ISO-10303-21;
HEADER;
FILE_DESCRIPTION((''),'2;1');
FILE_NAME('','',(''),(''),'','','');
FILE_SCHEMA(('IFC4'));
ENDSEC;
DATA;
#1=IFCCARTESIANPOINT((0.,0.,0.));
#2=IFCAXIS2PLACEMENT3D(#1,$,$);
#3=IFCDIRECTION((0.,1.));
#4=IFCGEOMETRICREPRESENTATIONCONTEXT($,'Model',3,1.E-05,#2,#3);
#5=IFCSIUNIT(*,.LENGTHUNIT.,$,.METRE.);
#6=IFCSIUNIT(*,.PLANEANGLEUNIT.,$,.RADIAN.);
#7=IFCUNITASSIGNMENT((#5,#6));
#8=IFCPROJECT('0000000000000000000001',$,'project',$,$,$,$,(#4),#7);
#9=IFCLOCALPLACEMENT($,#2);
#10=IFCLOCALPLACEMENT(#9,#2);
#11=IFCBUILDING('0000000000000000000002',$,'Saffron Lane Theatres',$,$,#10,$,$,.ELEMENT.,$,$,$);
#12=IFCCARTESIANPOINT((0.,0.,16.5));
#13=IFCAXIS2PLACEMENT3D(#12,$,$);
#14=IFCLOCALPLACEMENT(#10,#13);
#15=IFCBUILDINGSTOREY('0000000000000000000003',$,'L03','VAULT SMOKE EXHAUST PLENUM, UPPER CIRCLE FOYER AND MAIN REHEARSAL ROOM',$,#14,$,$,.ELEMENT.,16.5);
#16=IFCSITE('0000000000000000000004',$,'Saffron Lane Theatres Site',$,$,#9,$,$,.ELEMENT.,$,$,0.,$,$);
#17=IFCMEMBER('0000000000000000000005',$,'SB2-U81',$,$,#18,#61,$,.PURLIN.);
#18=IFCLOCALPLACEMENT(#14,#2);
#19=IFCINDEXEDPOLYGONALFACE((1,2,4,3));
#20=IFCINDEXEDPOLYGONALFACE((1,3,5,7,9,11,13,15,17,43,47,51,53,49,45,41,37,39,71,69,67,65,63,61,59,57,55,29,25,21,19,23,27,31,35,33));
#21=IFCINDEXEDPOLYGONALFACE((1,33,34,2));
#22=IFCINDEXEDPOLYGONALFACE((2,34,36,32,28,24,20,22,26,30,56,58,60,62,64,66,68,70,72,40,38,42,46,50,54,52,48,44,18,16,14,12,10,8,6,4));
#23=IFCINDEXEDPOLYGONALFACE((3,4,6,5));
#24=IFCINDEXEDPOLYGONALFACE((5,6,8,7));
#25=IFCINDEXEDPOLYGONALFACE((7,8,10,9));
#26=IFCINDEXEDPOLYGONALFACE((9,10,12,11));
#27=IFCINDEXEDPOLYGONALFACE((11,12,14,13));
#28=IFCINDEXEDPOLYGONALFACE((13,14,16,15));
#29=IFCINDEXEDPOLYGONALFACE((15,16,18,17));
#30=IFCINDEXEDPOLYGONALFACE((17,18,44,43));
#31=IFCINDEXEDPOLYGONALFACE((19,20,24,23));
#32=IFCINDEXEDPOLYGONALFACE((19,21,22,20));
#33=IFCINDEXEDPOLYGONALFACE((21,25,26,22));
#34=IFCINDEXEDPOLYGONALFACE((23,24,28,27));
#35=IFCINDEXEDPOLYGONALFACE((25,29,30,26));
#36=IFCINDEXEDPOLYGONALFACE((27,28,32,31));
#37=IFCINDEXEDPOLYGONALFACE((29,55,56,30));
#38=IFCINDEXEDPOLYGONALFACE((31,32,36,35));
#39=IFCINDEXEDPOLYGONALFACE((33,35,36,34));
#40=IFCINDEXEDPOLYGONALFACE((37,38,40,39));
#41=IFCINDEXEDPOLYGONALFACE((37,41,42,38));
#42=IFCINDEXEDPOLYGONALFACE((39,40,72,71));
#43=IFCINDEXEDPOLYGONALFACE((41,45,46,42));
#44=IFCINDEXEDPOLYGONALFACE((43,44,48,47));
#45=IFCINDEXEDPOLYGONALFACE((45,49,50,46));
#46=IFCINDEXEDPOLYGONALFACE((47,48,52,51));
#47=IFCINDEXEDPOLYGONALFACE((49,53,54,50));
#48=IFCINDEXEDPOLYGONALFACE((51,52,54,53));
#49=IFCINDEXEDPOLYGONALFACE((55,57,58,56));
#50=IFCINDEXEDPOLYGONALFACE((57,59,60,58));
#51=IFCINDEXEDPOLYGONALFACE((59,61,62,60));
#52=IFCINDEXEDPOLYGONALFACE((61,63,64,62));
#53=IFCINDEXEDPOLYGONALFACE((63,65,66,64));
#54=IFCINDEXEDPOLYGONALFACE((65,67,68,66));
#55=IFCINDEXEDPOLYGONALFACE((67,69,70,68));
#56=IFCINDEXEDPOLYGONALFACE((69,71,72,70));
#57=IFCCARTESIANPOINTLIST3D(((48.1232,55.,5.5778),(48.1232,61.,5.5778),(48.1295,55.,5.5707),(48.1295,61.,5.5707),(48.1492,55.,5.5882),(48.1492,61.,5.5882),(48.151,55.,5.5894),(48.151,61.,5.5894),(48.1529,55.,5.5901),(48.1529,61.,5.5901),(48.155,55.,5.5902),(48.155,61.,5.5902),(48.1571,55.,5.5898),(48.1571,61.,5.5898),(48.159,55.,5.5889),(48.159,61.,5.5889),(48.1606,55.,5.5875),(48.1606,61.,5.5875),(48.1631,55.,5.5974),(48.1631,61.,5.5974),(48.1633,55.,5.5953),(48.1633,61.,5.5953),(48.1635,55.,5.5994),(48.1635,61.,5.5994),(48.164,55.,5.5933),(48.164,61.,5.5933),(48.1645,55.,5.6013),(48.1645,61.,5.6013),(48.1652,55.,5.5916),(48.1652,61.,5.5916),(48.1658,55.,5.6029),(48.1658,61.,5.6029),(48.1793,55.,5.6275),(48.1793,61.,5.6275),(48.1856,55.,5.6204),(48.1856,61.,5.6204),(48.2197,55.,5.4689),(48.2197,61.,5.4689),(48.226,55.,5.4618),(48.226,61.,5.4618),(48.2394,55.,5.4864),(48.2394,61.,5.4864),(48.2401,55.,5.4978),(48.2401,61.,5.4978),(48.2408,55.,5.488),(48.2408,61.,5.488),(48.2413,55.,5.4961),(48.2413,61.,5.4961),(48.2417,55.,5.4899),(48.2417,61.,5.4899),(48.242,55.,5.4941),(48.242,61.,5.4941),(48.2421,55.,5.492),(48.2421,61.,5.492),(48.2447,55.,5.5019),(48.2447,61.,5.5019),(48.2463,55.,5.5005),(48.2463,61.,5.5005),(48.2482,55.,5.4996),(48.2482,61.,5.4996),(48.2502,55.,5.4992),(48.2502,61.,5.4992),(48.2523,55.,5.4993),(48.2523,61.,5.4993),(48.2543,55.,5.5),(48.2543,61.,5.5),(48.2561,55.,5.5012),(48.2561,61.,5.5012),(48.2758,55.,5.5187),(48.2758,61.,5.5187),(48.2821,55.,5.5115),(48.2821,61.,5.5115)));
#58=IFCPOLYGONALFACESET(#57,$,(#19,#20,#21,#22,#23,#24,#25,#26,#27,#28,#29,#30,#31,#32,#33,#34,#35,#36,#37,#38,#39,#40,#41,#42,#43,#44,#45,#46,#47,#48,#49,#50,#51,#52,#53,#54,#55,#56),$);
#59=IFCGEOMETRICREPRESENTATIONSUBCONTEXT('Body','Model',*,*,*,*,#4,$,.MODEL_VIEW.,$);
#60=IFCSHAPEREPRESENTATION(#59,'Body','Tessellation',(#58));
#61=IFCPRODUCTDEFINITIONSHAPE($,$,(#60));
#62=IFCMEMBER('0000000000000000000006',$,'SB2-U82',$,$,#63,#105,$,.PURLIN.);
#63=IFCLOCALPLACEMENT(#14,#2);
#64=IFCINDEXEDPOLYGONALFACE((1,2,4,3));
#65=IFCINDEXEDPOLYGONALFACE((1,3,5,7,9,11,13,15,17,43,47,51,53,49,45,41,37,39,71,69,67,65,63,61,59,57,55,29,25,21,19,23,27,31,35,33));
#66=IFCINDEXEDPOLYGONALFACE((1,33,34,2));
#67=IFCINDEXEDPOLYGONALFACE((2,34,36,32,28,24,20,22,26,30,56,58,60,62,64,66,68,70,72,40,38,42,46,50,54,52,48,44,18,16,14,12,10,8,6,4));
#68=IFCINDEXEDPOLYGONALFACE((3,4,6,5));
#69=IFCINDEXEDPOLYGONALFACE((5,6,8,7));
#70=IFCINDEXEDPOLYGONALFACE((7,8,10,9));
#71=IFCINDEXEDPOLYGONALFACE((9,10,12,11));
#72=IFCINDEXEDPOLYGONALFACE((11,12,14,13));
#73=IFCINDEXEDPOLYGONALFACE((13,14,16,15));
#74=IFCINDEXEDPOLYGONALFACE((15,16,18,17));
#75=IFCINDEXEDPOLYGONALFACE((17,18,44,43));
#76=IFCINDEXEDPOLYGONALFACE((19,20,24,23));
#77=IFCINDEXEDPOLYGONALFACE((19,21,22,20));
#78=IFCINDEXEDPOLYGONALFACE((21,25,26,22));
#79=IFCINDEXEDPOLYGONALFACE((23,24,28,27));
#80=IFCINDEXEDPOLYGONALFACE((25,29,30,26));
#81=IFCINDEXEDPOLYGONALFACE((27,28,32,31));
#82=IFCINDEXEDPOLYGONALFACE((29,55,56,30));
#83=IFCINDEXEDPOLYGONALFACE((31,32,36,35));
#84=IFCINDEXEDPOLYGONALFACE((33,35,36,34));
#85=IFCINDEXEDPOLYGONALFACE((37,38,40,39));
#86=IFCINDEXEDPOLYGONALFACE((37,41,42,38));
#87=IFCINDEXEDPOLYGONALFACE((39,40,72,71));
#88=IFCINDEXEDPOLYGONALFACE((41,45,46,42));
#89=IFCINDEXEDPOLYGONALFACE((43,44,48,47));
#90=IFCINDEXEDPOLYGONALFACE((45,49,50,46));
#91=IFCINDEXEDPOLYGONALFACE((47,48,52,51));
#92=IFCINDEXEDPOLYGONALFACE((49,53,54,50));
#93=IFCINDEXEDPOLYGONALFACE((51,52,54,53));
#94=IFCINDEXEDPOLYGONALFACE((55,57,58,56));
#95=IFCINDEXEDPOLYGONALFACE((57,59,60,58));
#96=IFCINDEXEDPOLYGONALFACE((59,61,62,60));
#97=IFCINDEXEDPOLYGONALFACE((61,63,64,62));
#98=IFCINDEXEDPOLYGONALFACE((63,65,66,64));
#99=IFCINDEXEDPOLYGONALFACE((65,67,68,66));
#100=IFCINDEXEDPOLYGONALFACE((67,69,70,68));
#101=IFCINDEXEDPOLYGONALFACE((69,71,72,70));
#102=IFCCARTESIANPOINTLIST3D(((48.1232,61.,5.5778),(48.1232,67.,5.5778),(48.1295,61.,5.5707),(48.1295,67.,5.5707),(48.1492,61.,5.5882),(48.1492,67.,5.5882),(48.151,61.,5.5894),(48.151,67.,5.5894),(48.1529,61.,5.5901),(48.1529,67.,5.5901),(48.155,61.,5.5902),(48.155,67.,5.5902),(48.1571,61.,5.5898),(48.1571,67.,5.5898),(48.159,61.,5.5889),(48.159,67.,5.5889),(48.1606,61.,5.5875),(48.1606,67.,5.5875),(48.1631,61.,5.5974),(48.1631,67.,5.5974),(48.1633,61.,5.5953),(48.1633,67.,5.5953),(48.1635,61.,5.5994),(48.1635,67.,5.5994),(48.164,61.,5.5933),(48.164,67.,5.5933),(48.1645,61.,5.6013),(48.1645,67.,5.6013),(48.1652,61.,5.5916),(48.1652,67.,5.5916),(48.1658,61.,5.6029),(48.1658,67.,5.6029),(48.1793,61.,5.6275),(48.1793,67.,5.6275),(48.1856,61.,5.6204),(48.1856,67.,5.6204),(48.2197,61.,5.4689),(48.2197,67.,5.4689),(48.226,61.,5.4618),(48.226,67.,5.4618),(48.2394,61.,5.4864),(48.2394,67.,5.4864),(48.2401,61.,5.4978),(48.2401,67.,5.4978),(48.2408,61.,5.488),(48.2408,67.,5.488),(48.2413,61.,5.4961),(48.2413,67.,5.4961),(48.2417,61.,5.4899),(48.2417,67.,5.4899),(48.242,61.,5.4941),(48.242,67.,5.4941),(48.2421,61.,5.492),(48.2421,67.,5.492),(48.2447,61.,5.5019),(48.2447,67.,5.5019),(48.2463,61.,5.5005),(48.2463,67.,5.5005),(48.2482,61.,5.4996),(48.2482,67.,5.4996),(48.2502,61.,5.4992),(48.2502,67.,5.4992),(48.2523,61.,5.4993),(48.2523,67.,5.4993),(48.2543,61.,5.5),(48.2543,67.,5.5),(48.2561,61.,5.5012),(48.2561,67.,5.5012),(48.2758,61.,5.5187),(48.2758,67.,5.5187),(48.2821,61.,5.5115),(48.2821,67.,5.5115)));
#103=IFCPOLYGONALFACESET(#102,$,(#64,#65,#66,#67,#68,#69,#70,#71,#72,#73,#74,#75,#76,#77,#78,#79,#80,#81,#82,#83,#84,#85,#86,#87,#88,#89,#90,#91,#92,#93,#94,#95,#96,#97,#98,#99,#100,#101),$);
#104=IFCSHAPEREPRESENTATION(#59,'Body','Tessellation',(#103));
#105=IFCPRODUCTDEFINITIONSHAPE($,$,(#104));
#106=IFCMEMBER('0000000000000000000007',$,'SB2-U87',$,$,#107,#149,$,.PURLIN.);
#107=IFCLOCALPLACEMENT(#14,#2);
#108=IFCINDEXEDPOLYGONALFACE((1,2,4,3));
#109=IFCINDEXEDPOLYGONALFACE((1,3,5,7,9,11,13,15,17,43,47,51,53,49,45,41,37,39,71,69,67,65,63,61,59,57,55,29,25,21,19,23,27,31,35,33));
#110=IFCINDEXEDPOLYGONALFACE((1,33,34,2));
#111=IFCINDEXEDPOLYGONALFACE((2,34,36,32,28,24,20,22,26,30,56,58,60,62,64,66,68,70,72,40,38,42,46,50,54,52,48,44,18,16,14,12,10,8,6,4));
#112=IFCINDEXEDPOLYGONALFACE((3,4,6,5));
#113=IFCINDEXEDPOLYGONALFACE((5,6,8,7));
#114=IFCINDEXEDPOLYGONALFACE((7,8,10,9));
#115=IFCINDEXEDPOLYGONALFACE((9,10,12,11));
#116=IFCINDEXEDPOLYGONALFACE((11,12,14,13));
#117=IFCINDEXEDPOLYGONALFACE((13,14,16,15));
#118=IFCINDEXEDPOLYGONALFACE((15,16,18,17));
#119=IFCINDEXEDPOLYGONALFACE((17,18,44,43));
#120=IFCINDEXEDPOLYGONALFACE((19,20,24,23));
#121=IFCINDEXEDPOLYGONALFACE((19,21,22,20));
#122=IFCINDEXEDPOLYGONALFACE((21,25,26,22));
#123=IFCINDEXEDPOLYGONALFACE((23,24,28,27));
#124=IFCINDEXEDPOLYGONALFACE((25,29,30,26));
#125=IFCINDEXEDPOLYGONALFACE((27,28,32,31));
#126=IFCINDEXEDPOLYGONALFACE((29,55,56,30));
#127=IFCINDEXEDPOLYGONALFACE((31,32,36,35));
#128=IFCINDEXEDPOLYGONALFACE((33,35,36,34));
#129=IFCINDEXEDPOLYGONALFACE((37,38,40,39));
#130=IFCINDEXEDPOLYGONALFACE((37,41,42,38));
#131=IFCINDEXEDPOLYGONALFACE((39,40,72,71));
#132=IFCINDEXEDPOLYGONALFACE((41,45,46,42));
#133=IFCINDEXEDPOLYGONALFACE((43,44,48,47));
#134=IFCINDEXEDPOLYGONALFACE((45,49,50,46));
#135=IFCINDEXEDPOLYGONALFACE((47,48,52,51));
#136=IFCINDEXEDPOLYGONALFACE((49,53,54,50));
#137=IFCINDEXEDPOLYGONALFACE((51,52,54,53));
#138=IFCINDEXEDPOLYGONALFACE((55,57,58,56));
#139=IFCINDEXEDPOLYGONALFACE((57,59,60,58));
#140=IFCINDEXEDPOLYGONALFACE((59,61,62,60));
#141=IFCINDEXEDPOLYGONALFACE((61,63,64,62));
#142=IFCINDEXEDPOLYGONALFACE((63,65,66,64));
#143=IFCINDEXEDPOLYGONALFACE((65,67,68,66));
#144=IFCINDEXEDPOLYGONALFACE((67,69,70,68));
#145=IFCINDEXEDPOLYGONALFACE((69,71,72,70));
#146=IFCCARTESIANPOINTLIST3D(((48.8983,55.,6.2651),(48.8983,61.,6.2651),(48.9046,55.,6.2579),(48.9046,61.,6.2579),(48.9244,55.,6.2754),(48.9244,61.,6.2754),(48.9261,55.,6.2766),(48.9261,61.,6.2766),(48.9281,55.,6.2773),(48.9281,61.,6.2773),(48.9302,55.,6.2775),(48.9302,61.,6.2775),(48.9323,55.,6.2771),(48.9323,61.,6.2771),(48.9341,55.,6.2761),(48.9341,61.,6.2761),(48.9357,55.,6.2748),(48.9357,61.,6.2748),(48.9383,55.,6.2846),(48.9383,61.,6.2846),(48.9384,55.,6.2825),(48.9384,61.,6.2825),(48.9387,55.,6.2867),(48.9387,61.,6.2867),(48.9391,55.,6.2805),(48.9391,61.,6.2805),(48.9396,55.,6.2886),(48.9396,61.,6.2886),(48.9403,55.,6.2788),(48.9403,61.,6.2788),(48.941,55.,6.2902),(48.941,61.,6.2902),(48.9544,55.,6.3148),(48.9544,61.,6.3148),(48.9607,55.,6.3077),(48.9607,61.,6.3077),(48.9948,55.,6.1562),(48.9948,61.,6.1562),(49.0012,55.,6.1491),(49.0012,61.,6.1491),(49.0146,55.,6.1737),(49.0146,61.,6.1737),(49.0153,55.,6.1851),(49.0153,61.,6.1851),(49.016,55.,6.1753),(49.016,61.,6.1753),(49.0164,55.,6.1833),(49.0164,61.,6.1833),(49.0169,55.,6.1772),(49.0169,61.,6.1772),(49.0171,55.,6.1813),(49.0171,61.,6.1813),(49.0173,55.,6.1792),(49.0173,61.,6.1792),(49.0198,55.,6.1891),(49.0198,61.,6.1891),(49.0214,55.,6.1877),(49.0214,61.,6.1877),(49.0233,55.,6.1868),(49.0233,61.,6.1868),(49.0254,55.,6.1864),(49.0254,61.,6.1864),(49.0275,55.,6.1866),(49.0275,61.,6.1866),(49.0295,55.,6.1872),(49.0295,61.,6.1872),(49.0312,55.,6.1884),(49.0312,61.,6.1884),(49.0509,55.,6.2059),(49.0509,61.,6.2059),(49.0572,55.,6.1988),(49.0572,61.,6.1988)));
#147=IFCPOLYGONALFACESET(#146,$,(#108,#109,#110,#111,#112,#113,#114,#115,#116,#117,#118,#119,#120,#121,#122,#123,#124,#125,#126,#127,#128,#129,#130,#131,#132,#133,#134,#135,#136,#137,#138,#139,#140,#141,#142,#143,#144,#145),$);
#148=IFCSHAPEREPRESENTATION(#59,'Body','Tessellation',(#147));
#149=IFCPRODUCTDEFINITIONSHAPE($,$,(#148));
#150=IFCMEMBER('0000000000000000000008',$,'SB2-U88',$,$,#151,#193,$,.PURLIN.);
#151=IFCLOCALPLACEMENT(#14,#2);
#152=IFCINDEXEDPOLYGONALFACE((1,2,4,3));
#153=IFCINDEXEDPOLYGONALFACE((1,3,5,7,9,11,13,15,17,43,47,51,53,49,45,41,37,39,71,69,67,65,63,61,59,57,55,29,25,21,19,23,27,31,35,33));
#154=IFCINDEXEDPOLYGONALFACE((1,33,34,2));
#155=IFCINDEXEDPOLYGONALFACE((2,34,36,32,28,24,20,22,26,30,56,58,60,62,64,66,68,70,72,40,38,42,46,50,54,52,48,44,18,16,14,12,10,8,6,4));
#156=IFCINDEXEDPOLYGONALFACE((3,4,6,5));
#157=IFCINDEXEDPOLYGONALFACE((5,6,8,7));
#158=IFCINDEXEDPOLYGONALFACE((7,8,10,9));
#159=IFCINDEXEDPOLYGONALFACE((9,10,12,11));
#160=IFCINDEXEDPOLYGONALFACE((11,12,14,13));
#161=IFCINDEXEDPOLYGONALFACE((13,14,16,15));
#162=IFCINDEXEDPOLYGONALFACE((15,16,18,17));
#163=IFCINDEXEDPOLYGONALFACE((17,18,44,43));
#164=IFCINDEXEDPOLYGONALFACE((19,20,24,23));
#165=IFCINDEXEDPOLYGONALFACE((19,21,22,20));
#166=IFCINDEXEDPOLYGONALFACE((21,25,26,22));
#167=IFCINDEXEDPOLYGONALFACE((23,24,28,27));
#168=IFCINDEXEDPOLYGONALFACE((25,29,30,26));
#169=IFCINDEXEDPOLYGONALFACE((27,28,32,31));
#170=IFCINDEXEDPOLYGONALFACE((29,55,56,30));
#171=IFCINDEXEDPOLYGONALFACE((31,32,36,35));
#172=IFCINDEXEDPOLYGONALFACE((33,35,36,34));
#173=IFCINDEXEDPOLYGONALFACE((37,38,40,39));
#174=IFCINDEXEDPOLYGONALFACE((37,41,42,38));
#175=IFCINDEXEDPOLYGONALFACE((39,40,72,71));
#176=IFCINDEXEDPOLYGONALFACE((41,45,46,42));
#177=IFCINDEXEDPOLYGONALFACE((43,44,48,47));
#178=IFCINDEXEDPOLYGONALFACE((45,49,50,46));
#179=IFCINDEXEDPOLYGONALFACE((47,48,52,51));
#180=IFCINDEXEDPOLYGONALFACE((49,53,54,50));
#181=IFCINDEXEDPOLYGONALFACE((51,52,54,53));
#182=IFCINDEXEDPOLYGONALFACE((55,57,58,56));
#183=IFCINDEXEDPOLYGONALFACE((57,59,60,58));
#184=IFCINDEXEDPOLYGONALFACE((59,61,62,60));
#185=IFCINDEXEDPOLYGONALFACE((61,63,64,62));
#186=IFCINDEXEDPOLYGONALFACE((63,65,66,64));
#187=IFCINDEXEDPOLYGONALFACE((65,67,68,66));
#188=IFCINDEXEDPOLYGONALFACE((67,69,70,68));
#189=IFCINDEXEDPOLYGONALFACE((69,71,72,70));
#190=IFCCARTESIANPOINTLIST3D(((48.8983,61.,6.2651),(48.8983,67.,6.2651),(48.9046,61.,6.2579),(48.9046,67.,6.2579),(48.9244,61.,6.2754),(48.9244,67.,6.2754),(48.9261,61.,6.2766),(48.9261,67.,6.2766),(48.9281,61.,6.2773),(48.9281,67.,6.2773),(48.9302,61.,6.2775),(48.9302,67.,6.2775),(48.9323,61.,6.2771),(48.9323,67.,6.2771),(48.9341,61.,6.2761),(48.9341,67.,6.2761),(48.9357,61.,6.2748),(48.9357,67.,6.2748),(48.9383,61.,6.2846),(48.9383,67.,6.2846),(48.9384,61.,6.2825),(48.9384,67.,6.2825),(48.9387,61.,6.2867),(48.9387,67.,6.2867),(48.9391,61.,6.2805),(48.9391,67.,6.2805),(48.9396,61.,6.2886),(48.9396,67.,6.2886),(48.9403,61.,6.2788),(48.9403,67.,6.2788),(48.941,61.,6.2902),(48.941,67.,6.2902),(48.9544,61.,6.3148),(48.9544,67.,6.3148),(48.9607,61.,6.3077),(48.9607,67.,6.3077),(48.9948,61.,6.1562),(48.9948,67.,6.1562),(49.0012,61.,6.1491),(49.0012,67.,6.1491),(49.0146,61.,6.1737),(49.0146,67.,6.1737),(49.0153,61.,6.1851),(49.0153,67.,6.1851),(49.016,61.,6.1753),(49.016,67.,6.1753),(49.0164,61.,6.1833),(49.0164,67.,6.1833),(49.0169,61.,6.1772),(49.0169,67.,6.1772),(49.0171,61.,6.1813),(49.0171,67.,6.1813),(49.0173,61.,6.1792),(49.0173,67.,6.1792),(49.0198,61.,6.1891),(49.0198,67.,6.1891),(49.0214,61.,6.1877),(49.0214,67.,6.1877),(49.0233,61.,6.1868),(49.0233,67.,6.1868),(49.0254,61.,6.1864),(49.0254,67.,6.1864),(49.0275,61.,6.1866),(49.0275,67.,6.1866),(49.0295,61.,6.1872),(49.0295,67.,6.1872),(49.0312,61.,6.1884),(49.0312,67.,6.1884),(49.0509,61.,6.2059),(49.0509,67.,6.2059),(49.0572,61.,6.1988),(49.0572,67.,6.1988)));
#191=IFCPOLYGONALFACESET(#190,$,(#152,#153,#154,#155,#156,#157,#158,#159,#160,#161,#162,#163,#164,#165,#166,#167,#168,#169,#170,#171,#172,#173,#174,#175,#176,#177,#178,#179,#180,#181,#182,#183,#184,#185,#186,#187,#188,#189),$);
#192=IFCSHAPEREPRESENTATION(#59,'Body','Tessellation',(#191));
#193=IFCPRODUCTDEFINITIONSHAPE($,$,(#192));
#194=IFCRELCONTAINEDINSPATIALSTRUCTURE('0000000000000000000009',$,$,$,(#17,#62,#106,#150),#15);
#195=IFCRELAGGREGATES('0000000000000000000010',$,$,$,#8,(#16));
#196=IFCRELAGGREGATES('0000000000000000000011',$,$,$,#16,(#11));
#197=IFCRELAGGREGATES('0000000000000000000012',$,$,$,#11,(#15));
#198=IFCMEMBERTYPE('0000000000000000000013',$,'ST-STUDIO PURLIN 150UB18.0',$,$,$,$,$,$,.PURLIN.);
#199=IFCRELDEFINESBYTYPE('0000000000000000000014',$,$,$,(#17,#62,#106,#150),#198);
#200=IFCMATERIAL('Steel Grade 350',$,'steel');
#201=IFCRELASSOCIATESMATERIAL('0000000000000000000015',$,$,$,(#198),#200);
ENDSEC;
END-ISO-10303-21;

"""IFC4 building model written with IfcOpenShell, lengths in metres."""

from ifc_helpers import new_model, si_unit, direction, frame, origin, origin_2d, place, context, subcontext, project, spatial, i_section, extrude, material, material_profile, profile_set, type_object, element, save


model = new_model("IFC4")

# Units and contexts
model_context = context("Model", 3, precision=1e-05, world=origin(), true_north=direction((0.0, 1.0)))
body_context = subcontext(model_context, "Body", "Model", "MODEL_VIEW")
ifc_project = project(units=[si_unit("LENGTHUNIT", "METRE"), si_unit("PLANEANGLEUNIT", "RADIAN")], contexts=[model_context])

# Site, building, storey
site_placement = place(None, origin())
site = spatial("IfcSite", under=ifc_project, at=site_placement, Name="Saffron Lane Theatres Site", CompositionType="ELEMENT", RefElevation=0.0)
building_placement = place(site_placement, origin())
building = spatial("IfcBuilding", under=site, at=building_placement, Name="Saffron Lane Theatres", CompositionType="ELEMENT")
storey_placement = place(building_placement, frame((0.0, 0.0, 16.5)))
storey = spatial("IfcBuildingStorey", under=building, at=storey_placement, Name="L03", Description="VAULT SMOKE EXHAUST PLENUM, UPPER CIRCLE FOYER AND MAIN REHEARSAL ROOM", CompositionType="ELEMENT", Elevation=16.5)

# Members
ifc_material_1 = material(Name="Steel Grade 350", Category="steel")
ifc_material_profile_1 = material_profile(ifc_material_1, i_section(OverallWidth=0.075, OverallDepth=0.155, WebThickness=0.0061, FlangeThickness=0.0095, FilletRadius=0.0081, at=origin_2d()))
ifc_profile_set_1 = profile_set([ifc_material_profile_1], Name="Steel Grade 350")
member_type_1 = type_object("IfcMemberType", Name="ST-STUDIO PURLIN 150UB18.0", PredefinedType="PURLIN", material=ifc_profile_set_1)
for number, where, z_axis, x_axis, name in (
    (1, (48.2026, 55.0, 5.5447), (0.0, 1.0, 0.0), (-0.748269, 0.0, -0.663396), "SB2-U81"),
    (2, (48.2026, 61.0, 5.5447), (0.0, 1.0, 0.0), (-0.748269, 0.0, -0.663396), "SB2-U82"),
    (3, (48.9778, 55.0, 6.2319), (0.0, 1.0, 0.0), (-0.748269, 0.0, -0.663396), "SB2-U87"),
    (4, (48.9778, 61.0, 6.2319), (0.0, 1.0, 0.0), (-0.748269, 0.0, -0.663396), "SB2-U88"),
):
    element("IfcMember", number, at=place(storey_placement, frame(where, z_axis=z_axis, x_axis=x_axis)), inside=storey, type_object=member_type_1, Name=name, PredefinedType="PURLIN", context=body_context, shape_type="SweptSolid", body=[
        extrude(i_section(OverallWidth=0.075, OverallDepth=0.155, WebThickness=0.0061, FlangeThickness=0.0095, FilletRadius=0.0081, at=origin_2d()), origin(), (0.0, 0.0, 1.0), 6.0),
    ])

save(model, "model.ifc")
